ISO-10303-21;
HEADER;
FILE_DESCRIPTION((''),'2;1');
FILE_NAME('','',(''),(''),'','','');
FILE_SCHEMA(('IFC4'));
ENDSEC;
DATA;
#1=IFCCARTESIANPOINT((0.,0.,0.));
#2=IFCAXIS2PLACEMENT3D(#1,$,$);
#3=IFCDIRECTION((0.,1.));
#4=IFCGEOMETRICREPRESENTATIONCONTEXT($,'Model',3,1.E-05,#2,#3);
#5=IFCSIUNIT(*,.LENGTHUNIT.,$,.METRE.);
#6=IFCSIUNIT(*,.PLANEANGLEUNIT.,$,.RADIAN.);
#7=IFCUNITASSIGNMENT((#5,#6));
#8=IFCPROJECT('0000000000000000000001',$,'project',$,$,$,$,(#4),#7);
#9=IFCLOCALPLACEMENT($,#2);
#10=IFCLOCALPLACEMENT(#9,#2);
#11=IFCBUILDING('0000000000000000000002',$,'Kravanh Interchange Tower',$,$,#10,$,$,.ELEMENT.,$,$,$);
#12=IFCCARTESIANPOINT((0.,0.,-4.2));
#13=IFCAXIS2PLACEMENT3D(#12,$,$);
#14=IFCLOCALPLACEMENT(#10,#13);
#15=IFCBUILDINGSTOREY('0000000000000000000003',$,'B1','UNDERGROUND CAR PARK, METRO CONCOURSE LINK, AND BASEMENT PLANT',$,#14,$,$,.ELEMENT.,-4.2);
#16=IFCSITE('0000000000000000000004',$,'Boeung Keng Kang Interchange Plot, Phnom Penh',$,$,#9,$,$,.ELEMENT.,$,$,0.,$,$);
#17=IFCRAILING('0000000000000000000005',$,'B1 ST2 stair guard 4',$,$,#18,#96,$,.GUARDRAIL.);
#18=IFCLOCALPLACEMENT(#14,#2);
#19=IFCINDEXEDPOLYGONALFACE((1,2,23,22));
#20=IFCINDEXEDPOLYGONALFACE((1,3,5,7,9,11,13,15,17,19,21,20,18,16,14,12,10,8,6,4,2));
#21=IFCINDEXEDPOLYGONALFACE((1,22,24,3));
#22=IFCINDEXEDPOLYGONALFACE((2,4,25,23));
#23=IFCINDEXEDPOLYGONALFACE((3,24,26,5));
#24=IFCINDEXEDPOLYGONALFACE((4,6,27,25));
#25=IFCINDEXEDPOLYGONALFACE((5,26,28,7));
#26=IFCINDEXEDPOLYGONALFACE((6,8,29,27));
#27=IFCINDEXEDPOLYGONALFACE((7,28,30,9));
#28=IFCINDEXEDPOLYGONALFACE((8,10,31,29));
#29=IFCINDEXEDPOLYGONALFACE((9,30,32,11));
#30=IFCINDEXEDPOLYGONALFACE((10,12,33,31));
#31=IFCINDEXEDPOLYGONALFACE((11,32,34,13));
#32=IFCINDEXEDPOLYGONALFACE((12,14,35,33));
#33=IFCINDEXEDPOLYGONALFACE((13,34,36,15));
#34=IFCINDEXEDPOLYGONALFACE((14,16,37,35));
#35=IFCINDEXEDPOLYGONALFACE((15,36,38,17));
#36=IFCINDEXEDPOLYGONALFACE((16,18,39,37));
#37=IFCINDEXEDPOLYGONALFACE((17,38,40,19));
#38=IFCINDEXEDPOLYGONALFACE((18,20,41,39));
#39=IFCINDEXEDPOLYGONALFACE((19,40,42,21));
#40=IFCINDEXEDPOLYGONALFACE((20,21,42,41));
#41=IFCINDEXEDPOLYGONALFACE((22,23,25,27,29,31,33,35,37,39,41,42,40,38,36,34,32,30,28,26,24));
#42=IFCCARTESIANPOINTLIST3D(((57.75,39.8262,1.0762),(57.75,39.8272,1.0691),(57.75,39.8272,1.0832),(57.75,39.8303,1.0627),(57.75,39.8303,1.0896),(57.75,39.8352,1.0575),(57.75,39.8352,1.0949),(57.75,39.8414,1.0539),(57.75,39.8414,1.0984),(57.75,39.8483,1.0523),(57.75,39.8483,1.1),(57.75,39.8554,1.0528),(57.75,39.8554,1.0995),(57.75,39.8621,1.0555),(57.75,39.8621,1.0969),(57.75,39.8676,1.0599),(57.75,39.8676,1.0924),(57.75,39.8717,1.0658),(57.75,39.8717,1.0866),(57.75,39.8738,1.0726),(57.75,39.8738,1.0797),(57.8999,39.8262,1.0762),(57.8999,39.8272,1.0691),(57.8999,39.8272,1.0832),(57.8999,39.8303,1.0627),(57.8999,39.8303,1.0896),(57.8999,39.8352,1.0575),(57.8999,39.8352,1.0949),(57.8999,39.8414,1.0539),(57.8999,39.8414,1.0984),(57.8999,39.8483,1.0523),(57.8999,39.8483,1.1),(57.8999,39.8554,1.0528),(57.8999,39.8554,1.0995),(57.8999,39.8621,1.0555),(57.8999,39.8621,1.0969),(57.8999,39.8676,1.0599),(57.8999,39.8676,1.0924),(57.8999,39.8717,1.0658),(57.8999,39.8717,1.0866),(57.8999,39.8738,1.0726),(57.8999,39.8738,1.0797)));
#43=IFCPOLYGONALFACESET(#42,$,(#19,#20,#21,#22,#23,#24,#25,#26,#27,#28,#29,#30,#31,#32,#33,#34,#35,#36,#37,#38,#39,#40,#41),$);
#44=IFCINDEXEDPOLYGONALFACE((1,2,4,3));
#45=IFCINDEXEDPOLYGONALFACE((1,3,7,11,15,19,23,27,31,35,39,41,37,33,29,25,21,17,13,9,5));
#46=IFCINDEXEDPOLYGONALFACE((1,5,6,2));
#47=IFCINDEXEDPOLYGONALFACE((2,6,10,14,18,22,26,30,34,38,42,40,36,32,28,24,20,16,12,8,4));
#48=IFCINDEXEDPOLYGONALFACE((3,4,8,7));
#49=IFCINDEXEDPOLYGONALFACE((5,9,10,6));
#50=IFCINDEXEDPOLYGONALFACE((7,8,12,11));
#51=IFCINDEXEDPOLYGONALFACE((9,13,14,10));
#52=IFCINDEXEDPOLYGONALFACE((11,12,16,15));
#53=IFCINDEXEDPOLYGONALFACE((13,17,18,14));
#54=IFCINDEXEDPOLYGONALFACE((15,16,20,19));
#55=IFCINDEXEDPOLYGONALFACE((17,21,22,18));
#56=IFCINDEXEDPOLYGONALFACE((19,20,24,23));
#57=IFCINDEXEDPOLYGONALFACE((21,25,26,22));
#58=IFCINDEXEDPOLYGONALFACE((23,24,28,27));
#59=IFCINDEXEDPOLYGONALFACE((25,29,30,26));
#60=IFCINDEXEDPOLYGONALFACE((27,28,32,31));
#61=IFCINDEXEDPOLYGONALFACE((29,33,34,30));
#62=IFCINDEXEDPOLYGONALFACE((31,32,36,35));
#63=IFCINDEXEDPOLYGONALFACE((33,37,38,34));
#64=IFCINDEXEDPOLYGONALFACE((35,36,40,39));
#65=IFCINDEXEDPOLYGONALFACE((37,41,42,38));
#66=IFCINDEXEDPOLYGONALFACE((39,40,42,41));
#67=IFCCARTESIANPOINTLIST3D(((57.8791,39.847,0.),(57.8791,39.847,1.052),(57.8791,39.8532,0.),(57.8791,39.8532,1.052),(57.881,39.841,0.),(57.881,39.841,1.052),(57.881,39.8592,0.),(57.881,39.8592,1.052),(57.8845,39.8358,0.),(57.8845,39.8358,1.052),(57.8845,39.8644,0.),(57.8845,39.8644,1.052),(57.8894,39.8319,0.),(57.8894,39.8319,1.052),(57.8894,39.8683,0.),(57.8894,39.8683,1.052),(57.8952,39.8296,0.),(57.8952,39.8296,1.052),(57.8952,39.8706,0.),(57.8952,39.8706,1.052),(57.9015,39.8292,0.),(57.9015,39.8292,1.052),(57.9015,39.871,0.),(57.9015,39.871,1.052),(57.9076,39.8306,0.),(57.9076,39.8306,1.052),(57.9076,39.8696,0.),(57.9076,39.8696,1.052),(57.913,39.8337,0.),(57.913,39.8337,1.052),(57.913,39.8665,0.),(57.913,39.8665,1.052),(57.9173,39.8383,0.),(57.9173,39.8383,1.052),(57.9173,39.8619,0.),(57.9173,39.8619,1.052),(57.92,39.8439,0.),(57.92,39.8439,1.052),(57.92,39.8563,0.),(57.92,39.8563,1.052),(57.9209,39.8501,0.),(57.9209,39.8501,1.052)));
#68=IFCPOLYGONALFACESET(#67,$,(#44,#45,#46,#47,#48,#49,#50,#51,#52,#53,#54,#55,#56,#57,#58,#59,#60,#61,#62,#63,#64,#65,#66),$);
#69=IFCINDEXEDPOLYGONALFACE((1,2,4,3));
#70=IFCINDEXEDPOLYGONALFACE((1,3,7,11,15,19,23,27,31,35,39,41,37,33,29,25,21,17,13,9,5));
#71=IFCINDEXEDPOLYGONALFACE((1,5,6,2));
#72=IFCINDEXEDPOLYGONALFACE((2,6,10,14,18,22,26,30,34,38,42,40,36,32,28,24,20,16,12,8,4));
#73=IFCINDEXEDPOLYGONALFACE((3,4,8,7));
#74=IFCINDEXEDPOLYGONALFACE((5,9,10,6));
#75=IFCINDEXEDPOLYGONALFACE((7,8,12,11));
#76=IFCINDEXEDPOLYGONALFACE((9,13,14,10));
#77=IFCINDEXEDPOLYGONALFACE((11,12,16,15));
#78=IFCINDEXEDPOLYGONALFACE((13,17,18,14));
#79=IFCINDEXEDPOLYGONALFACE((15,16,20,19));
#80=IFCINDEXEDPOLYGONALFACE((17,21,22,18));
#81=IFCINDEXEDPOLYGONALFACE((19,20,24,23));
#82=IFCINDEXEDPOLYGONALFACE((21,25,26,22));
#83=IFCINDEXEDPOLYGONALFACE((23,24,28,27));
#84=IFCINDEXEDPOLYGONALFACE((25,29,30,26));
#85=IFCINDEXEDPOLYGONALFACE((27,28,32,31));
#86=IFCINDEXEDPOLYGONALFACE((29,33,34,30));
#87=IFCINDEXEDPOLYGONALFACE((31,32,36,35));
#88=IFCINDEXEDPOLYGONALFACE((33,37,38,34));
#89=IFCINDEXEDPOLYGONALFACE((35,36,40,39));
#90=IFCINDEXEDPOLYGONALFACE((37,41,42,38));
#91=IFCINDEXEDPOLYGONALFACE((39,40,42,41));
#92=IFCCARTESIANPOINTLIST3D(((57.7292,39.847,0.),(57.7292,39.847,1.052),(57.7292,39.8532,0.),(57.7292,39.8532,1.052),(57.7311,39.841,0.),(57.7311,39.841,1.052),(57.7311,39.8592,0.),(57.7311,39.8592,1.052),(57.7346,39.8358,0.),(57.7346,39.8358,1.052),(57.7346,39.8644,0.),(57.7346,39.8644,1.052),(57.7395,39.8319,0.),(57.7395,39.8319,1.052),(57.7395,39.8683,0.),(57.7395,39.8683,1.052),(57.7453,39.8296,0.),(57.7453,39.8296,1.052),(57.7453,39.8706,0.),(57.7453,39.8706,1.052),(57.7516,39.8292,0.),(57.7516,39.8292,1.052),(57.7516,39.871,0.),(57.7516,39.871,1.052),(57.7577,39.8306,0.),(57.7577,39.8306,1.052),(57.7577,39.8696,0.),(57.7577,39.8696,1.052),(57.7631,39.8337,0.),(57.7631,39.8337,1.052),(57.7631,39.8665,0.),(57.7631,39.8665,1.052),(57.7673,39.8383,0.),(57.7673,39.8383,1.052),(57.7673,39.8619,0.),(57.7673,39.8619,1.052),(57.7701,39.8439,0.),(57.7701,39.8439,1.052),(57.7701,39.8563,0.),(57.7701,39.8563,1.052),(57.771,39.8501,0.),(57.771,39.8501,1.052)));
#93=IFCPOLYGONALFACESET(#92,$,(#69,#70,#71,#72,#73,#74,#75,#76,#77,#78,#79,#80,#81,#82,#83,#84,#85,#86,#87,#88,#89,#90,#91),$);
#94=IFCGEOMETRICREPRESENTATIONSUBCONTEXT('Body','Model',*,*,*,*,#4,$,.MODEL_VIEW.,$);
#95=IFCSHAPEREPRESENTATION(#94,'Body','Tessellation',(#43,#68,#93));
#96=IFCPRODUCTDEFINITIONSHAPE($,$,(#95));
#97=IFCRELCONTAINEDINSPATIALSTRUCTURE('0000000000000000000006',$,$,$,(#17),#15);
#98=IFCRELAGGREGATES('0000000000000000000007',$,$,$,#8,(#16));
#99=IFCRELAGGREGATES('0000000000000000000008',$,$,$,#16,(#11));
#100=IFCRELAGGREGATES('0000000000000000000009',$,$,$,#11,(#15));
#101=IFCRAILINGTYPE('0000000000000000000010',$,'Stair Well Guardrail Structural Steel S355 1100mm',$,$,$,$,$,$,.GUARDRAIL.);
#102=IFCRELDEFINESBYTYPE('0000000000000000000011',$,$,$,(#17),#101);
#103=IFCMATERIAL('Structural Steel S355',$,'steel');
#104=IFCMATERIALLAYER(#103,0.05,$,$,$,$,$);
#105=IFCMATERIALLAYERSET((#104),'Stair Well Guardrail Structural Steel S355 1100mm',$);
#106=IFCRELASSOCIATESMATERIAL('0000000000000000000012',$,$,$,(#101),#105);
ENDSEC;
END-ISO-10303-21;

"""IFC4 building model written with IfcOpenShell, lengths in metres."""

from ifc_helpers import new_model, si_unit, direction, frame, origin, origin_2d, place, context, subcontext, project, spatial, circle, extrude, material, layer, layer_set, type_object, element, save


model = new_model("IFC4")

# Units and contexts
model_context = context("Model", 3, precision=1e-05, world=origin(), true_north=direction((0.0, 1.0)))
body_context = subcontext(model_context, "Body", "Model", "MODEL_VIEW")
ifc_project = project(units=[si_unit("LENGTHUNIT", "METRE"), si_unit("PLANEANGLEUNIT", "RADIAN")], contexts=[model_context])

# Site, building, storey
site_placement = place(None, origin())
site = spatial("IfcSite", under=ifc_project, at=site_placement, Name="Boeung Keng Kang Interchange Plot, Phnom Penh", CompositionType="ELEMENT", RefElevation=0.0)
building_placement = place(site_placement, origin())
building = spatial("IfcBuilding", under=site, at=building_placement, Name="Kravanh Interchange Tower", CompositionType="ELEMENT")
storey_placement = place(building_placement, frame((0.0, 0.0, -4.2)))
storey = spatial("IfcBuildingStorey", under=building, at=storey_placement, Name="B1", Description="UNDERGROUND CAR PARK, METRO CONCOURSE LINK, AND BASEMENT PLANT", CompositionType="ELEMENT", Elevation=-4.2)

# Railing
ifc_material_1 = material(Name="Structural Steel S355", Category="steel")
ifc_layer_1 = layer(ifc_material_1, 0.05)
ifc_layer_set_1 = layer_set([ifc_layer_1], Name="Stair Well Guardrail Structural Steel S355 1100mm")
railing_type_1 = type_object("IfcRailingType", Name="Stair Well Guardrail Structural Steel S355 1100mm", PredefinedType="GUARDRAIL", material=ifc_layer_set_1)
railing_1_placement = place(storey_placement, frame((57.8999, 39.8501, 0.0)))
element("IfcRailing", 1, at=railing_1_placement, inside=storey, type_object=railing_type_1, Name="B1 ST2 stair guard 4", PredefinedType="GUARDRAIL", context=body_context, shape_type="SweptSolid", body=[
    extrude(circle(Radius=0.0239, at=origin_2d()), frame((0.0, 0.0, 1.0762), z_axis=(-1.0, 0.0, 0.0), x_axis=(0.0, -1.0, 0.0)), (0.0, 0.0, 1.0), 0.1499),
    extrude(circle(Radius=0.021, at=origin_2d()), origin(), (0.0, 0.0, 1.0), 1.052),
    extrude(circle(Radius=0.021, at=origin_2d()), frame((-0.1499, 0.0, 0.0)), (0.0, 0.0, 1.0), 1.052),
])

save(model, "model.ifc")
